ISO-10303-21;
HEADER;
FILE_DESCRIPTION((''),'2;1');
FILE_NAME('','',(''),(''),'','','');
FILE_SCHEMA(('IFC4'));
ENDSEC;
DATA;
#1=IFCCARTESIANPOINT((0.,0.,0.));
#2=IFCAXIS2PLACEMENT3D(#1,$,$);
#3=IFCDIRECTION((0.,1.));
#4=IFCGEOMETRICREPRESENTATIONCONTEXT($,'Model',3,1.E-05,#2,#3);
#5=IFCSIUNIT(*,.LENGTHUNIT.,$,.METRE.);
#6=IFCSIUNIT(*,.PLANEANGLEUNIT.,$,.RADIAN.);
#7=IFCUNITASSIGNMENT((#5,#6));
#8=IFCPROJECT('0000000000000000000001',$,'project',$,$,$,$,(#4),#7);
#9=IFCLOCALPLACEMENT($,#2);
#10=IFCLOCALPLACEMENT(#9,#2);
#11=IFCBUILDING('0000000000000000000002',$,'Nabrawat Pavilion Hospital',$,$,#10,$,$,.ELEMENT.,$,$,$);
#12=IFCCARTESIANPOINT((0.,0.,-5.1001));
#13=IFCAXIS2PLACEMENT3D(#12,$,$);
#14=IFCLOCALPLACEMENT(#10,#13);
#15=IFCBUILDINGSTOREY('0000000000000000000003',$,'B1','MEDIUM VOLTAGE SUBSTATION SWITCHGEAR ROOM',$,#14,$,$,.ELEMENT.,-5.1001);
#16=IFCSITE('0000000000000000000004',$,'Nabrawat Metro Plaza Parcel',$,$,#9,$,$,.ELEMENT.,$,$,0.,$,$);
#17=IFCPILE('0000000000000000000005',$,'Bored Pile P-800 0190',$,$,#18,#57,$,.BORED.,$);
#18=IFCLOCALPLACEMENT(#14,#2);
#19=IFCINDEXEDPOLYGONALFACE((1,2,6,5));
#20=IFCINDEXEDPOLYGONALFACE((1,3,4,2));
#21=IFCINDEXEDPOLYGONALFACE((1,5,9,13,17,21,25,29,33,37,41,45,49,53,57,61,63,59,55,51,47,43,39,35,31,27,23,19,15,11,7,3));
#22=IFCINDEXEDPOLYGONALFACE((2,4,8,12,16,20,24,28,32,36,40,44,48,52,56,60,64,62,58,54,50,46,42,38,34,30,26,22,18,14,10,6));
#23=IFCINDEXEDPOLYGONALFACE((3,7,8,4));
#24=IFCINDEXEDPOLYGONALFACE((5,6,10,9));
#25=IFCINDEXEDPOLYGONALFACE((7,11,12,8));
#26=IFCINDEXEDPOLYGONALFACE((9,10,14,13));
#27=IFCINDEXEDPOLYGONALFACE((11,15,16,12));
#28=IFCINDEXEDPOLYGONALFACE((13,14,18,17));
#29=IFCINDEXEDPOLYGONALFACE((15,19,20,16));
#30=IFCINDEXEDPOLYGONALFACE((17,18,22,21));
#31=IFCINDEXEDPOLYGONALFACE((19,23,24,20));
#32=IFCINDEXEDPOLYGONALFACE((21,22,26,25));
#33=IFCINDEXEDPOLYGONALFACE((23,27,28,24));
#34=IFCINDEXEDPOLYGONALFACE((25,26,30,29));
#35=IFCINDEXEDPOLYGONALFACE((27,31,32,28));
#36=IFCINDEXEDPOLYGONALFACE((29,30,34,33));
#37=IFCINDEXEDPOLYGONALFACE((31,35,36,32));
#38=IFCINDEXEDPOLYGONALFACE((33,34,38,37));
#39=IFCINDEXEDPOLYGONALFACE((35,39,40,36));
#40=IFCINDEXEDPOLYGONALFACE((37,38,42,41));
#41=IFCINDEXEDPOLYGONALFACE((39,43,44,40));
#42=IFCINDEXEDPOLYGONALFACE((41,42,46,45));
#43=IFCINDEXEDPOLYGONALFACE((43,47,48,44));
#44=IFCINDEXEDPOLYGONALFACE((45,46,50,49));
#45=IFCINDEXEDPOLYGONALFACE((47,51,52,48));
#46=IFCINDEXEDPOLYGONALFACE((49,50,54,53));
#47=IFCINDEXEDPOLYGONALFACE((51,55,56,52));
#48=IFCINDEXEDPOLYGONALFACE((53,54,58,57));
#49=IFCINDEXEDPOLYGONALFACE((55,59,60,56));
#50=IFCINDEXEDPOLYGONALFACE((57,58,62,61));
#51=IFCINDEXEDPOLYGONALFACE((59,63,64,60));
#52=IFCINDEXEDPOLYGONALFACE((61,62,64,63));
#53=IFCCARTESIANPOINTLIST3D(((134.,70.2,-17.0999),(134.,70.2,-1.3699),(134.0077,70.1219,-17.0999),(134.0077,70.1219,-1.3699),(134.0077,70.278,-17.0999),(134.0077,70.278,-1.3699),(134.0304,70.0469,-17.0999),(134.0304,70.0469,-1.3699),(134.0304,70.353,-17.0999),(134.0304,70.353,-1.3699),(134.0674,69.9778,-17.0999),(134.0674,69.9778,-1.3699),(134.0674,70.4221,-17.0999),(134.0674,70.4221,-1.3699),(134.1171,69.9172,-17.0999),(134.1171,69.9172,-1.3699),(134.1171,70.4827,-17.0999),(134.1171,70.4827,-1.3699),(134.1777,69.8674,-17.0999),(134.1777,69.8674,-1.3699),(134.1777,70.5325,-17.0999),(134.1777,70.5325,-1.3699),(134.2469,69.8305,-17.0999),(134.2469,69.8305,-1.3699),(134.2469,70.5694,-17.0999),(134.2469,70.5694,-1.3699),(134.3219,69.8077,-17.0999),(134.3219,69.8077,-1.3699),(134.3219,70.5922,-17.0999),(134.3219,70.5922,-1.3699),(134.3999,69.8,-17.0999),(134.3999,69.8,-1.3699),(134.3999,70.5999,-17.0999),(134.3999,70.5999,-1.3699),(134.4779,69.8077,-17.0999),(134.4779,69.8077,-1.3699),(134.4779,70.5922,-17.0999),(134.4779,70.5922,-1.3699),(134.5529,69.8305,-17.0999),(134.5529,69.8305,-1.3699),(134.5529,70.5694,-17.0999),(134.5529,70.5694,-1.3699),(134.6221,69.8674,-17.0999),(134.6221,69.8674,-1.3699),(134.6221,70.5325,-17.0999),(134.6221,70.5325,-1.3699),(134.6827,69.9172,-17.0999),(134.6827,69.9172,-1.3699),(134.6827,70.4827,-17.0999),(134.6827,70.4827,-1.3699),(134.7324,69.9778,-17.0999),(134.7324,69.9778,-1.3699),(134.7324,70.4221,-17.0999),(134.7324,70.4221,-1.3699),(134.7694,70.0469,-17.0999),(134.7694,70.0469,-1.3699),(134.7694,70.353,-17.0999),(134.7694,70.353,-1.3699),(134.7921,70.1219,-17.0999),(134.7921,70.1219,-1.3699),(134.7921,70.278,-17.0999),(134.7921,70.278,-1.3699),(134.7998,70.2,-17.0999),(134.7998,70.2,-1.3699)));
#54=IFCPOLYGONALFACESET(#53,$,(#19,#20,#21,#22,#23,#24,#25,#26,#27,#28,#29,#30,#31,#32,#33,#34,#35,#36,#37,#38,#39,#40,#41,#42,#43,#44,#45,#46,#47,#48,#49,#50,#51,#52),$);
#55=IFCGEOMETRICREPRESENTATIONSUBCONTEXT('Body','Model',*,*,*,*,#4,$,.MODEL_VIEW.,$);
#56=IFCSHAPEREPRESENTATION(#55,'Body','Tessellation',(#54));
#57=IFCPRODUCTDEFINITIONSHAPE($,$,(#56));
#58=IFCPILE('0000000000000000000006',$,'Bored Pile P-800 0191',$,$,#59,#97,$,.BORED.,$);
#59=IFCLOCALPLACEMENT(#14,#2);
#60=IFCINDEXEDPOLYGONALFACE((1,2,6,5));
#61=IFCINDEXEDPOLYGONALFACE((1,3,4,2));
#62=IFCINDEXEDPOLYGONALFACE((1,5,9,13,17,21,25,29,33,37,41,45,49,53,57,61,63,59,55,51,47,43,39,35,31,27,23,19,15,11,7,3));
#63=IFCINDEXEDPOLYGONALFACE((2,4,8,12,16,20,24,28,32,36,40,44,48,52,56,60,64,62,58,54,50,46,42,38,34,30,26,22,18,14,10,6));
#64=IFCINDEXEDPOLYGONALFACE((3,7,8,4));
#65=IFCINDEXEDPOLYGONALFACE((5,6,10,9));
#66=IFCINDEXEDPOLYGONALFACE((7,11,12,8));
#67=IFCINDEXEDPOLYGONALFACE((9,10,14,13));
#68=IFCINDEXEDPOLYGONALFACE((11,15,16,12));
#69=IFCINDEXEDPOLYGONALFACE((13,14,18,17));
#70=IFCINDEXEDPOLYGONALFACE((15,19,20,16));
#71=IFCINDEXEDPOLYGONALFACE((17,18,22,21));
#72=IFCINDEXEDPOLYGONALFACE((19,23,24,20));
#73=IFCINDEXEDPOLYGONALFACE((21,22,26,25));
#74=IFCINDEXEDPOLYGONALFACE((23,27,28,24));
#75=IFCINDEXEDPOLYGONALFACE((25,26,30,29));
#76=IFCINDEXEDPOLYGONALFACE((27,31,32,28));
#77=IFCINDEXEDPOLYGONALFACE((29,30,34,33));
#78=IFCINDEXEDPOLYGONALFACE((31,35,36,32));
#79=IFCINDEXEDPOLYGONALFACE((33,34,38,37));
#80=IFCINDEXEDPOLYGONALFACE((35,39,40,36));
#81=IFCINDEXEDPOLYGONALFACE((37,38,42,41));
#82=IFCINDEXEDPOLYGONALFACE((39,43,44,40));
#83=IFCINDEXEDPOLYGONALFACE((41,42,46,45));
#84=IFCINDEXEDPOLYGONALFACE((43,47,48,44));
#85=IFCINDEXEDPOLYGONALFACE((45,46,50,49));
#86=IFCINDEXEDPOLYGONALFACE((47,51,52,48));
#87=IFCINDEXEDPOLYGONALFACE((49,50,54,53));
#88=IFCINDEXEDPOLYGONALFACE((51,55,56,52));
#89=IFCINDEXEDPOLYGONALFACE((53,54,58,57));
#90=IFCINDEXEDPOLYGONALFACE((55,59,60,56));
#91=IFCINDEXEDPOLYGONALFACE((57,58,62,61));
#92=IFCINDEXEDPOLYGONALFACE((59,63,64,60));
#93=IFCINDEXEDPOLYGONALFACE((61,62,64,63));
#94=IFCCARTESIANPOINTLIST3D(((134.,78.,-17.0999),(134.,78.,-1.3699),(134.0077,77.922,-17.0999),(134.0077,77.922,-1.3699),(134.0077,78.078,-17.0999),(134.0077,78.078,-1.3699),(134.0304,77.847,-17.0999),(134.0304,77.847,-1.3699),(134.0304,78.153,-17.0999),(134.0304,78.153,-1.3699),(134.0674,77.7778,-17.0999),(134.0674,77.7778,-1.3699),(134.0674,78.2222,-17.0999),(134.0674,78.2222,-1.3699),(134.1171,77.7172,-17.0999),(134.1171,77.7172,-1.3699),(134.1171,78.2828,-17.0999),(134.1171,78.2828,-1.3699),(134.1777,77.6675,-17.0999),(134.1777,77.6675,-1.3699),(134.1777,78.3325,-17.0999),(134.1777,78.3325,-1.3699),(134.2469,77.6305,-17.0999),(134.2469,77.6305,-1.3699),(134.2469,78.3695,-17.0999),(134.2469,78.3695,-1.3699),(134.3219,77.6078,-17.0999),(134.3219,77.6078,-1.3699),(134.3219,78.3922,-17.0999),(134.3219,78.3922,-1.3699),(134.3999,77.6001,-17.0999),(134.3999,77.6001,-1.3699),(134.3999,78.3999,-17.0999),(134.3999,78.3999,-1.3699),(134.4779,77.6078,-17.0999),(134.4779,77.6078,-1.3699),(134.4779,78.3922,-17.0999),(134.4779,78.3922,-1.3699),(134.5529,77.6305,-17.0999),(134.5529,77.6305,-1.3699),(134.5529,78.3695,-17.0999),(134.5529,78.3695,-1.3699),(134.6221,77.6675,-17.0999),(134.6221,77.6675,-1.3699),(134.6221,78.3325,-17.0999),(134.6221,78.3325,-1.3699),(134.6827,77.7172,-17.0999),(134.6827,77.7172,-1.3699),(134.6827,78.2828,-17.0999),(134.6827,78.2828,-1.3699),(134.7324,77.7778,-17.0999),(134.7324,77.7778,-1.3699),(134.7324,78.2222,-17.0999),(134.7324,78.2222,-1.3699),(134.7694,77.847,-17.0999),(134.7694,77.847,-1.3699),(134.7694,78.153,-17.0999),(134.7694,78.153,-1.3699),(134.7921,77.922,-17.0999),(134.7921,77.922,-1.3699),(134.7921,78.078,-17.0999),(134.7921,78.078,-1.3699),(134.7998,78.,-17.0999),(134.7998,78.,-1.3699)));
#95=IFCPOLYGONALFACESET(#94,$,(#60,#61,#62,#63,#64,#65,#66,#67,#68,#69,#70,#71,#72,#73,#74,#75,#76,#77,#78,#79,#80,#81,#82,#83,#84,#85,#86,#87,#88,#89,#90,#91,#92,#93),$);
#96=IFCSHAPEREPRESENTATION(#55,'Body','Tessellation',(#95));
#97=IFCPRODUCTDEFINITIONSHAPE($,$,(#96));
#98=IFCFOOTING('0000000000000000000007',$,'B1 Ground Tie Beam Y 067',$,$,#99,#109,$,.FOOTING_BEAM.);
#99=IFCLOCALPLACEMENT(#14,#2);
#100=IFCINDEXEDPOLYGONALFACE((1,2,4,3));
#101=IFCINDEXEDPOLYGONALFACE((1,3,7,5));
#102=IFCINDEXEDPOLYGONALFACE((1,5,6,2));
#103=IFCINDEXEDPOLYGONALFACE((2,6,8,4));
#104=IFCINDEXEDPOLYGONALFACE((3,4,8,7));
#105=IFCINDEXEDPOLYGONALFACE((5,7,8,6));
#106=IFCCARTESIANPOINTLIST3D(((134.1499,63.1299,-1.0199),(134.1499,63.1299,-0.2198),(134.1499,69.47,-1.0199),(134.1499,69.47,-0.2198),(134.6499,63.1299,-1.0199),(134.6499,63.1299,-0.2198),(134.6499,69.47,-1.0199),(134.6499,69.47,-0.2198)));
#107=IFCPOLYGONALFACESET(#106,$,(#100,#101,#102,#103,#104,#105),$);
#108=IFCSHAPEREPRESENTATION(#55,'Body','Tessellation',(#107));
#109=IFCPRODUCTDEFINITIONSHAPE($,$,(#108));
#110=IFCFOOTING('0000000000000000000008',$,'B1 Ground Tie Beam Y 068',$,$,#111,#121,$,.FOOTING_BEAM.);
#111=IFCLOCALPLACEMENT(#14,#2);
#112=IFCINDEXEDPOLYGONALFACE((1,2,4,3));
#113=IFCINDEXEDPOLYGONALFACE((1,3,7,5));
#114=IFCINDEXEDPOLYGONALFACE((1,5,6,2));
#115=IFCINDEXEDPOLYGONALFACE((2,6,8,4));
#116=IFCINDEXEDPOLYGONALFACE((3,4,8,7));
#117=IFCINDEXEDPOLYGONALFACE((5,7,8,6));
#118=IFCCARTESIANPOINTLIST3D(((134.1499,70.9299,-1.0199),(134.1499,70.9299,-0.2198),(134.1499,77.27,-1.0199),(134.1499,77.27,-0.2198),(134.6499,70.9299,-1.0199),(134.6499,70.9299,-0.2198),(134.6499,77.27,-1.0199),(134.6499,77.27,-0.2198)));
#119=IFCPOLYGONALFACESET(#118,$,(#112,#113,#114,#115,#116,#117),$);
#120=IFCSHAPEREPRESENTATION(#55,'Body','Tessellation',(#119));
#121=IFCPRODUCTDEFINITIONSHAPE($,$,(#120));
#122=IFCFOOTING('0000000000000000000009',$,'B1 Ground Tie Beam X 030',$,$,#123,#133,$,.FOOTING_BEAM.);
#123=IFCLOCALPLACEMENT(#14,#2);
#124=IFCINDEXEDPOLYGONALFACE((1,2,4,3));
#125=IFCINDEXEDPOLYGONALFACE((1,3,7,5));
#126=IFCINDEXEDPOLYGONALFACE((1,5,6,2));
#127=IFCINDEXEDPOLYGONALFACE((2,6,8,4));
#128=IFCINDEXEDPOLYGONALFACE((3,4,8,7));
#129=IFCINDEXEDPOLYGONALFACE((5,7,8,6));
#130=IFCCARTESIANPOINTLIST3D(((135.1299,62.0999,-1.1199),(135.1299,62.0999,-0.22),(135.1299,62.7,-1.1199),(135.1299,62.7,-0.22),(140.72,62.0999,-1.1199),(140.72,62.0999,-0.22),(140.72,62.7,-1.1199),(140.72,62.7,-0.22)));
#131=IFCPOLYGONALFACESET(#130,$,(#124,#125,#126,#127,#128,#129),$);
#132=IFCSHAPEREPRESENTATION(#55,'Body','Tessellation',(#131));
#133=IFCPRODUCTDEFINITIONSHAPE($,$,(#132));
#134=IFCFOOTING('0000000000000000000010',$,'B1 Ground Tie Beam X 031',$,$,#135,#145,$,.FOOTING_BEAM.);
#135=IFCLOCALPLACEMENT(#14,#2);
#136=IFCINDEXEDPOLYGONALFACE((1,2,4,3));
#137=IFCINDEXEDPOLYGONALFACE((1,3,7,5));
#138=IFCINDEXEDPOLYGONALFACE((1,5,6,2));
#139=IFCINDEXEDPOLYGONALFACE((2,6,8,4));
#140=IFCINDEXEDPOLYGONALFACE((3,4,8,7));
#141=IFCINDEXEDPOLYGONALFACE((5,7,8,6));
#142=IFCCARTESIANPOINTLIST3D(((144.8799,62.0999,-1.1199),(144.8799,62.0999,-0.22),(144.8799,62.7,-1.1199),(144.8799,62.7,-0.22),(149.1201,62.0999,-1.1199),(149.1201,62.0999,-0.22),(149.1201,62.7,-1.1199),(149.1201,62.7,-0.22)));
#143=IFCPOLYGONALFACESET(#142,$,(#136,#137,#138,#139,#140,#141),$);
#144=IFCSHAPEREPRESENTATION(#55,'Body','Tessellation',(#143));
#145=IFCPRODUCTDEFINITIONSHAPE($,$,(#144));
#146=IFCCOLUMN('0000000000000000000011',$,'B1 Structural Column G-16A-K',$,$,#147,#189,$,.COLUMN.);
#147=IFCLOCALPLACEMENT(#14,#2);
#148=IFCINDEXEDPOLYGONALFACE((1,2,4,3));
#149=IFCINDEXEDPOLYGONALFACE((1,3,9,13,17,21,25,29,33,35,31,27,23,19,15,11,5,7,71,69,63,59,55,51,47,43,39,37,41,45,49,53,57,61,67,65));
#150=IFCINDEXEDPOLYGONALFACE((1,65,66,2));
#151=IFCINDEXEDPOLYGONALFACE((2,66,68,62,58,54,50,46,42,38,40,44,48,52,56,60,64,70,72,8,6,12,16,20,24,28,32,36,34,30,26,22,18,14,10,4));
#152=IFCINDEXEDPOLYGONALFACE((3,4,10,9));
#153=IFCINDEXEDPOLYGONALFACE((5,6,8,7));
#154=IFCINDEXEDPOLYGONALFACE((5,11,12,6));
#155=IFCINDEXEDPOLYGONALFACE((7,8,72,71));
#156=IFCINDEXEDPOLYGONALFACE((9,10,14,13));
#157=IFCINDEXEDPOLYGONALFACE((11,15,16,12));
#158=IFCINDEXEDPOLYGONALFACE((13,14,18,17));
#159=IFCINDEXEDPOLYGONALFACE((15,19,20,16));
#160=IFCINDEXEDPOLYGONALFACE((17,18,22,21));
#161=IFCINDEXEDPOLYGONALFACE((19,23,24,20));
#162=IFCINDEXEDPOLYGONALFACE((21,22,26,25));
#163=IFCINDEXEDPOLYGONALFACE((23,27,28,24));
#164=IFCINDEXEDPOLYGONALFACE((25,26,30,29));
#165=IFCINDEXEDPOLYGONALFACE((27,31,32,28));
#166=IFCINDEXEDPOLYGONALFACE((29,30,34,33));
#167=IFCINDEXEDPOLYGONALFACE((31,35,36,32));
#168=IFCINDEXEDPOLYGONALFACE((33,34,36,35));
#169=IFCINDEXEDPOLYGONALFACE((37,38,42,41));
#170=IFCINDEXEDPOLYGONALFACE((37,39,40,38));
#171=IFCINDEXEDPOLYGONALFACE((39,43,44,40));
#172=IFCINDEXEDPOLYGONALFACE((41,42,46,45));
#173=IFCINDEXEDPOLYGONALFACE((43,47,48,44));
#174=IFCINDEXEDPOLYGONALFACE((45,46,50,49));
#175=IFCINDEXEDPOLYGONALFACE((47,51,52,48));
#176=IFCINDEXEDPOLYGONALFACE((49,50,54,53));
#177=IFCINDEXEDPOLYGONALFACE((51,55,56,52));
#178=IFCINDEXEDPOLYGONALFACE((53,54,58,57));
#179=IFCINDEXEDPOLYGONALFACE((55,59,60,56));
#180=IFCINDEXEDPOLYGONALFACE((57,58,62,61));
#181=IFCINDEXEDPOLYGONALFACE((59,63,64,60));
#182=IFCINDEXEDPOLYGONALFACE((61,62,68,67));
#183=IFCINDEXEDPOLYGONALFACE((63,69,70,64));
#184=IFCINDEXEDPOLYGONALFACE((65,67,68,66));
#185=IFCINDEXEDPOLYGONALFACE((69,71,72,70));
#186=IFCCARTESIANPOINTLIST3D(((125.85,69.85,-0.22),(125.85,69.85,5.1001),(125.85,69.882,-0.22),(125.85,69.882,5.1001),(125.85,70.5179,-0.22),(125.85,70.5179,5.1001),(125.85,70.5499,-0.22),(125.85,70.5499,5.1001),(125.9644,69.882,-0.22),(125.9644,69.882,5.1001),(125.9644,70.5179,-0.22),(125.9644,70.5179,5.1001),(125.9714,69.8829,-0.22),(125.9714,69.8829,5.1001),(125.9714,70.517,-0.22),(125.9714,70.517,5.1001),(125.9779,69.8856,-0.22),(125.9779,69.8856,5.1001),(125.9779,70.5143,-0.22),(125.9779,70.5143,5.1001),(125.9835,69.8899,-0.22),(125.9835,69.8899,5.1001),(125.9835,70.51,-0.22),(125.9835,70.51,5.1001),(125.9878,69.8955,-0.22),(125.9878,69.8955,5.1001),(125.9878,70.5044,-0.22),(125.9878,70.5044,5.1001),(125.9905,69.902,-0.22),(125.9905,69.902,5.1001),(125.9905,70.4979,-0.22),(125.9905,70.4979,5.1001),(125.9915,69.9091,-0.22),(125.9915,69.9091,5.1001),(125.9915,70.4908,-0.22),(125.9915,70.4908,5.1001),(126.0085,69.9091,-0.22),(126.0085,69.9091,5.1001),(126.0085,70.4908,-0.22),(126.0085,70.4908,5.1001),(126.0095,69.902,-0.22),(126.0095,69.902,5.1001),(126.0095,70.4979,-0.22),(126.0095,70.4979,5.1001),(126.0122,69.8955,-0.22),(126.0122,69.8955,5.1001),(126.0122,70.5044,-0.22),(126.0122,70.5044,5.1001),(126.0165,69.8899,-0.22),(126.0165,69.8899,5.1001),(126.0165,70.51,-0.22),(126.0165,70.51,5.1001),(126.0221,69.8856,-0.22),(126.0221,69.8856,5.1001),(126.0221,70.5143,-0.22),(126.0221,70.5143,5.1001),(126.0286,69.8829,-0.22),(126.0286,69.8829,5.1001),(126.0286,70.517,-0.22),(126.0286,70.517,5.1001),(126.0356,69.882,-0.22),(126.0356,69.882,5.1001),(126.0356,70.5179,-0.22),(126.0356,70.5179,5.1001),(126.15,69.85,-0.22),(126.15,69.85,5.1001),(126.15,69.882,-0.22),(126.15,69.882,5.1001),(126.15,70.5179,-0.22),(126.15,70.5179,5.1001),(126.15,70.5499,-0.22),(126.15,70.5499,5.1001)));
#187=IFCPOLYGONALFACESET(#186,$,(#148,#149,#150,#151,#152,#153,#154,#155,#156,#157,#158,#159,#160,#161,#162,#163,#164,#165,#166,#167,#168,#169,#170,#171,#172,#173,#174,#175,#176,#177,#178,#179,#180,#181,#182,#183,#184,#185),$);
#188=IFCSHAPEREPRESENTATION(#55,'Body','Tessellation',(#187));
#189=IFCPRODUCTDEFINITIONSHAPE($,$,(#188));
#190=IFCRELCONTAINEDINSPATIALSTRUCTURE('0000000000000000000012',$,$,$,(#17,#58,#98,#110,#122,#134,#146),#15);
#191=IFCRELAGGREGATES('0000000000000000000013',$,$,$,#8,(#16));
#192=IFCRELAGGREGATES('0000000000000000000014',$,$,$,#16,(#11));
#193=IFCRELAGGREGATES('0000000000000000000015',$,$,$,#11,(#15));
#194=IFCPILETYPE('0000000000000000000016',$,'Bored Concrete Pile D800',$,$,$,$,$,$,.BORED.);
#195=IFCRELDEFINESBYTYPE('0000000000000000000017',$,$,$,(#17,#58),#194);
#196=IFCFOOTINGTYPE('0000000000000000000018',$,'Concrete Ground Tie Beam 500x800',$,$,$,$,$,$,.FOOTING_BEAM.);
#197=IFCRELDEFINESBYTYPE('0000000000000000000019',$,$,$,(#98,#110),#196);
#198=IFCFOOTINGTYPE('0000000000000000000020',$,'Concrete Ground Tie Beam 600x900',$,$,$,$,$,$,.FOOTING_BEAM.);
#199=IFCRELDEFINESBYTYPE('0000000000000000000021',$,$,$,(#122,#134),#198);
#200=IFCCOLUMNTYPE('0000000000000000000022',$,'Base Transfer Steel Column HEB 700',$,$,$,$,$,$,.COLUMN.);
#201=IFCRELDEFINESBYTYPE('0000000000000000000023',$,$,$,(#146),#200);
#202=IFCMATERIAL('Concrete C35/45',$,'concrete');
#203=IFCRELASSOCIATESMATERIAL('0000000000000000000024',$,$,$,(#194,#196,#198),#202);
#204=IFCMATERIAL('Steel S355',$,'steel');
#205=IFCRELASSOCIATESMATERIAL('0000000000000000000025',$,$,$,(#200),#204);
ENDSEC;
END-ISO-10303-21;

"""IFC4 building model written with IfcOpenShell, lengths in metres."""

from ifc_helpers import new_model, si_unit, direction, frame, origin, origin_2d, place, context, subcontext, project, spatial, rectangle, circle, i_section, extrude, material, material_profile, profile_set, type_object, element, save


model = new_model("IFC4")

# Units and contexts
model_context = context("Model", 3, precision=1e-05, world=origin(), true_north=direction((0.0, 1.0)))
body_context = subcontext(model_context, "Body", "Model", "MODEL_VIEW")
ifc_project = project(units=[si_unit("LENGTHUNIT", "METRE"), si_unit("PLANEANGLEUNIT", "RADIAN")], contexts=[model_context])

# Site, building, storey
site_placement = place(None, origin())
site = spatial("IfcSite", under=ifc_project, at=site_placement, Name="Nabrawat Metro Plaza Parcel", CompositionType="ELEMENT", RefElevation=0.0)
building_placement = place(site_placement, origin())
building = spatial("IfcBuilding", under=site, at=building_placement, Name="Nabrawat Pavilion Hospital", CompositionType="ELEMENT")
storey_placement = place(building_placement, frame((0.0, 0.0, -5.1001)))
storey = spatial("IfcBuildingStorey", under=building, at=storey_placement, Name="B1", Description="MEDIUM VOLTAGE SUBSTATION SWITCHGEAR ROOM", CompositionType="ELEMENT", Elevation=-5.1001)

# Piles
ifc_material_1 = material(Name="Concrete C35/45", Category="concrete")
ifc_material_profile_1 = material_profile(ifc_material_1, circle(Radius=0.3999, at=origin_2d()), Name="DIA 800")
ifc_profile_set_1 = profile_set([ifc_material_profile_1], Name="Concrete C35/45")
pile_type_1 = type_object("IfcPileType", Name="Bored Concrete Pile D800", PredefinedType="BORED", material=ifc_profile_set_1)
for number, where, z_axis, x_axis, name in (
    (1, (134.3999, 70.2, -1.3699), (0.0, 0.0, -1.0), (1.0, 0.0, 0.0), "Bored Pile P-800 0190"),
    (2, (134.3999, 78.0, -1.3699), (0.0, 0.0, -1.0), (1.0, 0.0, 0.0), "Bored Pile P-800 0191"),
):
    element("IfcPile", number, at=place(storey_placement, frame(where, z_axis=z_axis, x_axis=x_axis)), inside=storey, type_object=pile_type_1, Name=name, PredefinedType="BORED", context=body_context, shape_type="SweptSolid", body=[
        extrude(circle(Radius=0.3999, at=origin_2d()), origin(), (0.0, 0.0, 1.0), 15.73),
    ])

# Footings
ifc_material_profile_2 = material_profile(ifc_material_1, rectangle(XDim=0.5, YDim=0.8, at=origin_2d()), Name="RC 500x800")
ifc_profile_set_2 = profile_set([ifc_material_profile_2], Name="Concrete C35/45")
footing_type_1 = type_object("IfcFootingType", Name="Concrete Ground Tie Beam 500x800", PredefinedType="FOOTING_BEAM", material=ifc_profile_set_2)
for number, where, z_axis, x_axis, name in (
    (3, (134.3999, 63.1299, -0.6199), (0.0, 1.0, 0.0), (-1.0, 0.0, 0.0), "B1 Ground Tie Beam Y 067"),
    (4, (134.3999, 70.9299, -0.6199), (0.0, 1.0, 0.0), (-1.0, 0.0, 0.0), "B1 Ground Tie Beam Y 068"),
):
    element("IfcFooting", number, at=place(storey_placement, frame(where, z_axis=z_axis, x_axis=x_axis)), inside=storey, type_object=footing_type_1, Name=name, PredefinedType="FOOTING_BEAM", context=body_context, shape_type="SweptSolid", body=[
        extrude(rectangle(XDim=0.5, YDim=0.8, at=origin_2d()), origin(), (0.0, 0.0, 1.0), 6.3401),
    ])
ifc_material_profile_3 = material_profile(ifc_material_1, rectangle(XDim=0.6001, YDim=0.8999, at=origin_2d()), Name="RC 600x900")
ifc_profile_set_3 = profile_set([ifc_material_profile_3], Name="Concrete C35/45")
footing_type_2 = type_object("IfcFootingType", Name="Concrete Ground Tie Beam 600x900", PredefinedType="FOOTING_BEAM", material=ifc_profile_set_3)
footing_1_placement = place(storey_placement, frame((135.1299, 62.3999, -0.6699), z_axis=(1.0, 0.0, 0.0), x_axis=(0.0, 1.0, 0.0)))
element("IfcFooting", 5, at=footing_1_placement, inside=storey, type_object=footing_type_2, Name="B1 Ground Tie Beam X 030", PredefinedType="FOOTING_BEAM", context=body_context, shape_type="SweptSolid", body=[
    extrude(rectangle(XDim=0.6001, YDim=0.8999, at=origin_2d()), origin(), (0.0, 0.0, 1.0), 5.5901),
])
footing_2_placement = place(storey_placement, frame((144.8799, 62.3999, -0.6699), z_axis=(1.0, 0.0, 0.0), x_axis=(0.0, 1.0, 0.0)))
element("IfcFooting", 6, at=footing_2_placement, inside=storey, type_object=footing_type_2, Name="B1 Ground Tie Beam X 031", PredefinedType="FOOTING_BEAM", context=body_context, shape_type="SweptSolid", body=[
    extrude(rectangle(XDim=0.6001, YDim=0.8999, at=origin_2d()), origin(), (0.0, 0.0, 1.0), 4.2402),
])

# Column
ifc_material_2 = material(Name="Steel S355", Category="steel")
ifc_material_profile_4 = material_profile(ifc_material_2, i_section(OverallWidth=0.3, OverallDepth=0.7, WebThickness=0.0171, FlangeThickness=0.032, FilletRadius=0.0271, at=origin_2d()), Name="HEB 700")
ifc_profile_set_4 = profile_set([ifc_material_profile_4], Name="Steel S355")
column_type_1 = type_object("IfcColumnType", Name="Base Transfer Steel Column HEB 700", PredefinedType="COLUMN", material=ifc_profile_set_4)
for number, where, z_axis, x_axis, name in (
    (7, (126.0, 70.2, -0.22), (0.0, 0.0, 1.0), (1.0, 0.0, 0.0), "B1 Structural Column G-16A-K"),
):
    element("IfcColumn", number, at=place(storey_placement, frame(where, z_axis=z_axis, x_axis=x_axis)), inside=storey, type_object=column_type_1, Name=name, PredefinedType="COLUMN", context=body_context, shape_type="SweptSolid", body=[
        extrude(i_section(OverallWidth=0.3, OverallDepth=0.7, WebThickness=0.0171, FlangeThickness=0.032, FilletRadius=0.0271, at=origin_2d()), origin(), (0.0, 0.0, 1.0), 5.3201),
    ])

save(model, "model.ifc")
